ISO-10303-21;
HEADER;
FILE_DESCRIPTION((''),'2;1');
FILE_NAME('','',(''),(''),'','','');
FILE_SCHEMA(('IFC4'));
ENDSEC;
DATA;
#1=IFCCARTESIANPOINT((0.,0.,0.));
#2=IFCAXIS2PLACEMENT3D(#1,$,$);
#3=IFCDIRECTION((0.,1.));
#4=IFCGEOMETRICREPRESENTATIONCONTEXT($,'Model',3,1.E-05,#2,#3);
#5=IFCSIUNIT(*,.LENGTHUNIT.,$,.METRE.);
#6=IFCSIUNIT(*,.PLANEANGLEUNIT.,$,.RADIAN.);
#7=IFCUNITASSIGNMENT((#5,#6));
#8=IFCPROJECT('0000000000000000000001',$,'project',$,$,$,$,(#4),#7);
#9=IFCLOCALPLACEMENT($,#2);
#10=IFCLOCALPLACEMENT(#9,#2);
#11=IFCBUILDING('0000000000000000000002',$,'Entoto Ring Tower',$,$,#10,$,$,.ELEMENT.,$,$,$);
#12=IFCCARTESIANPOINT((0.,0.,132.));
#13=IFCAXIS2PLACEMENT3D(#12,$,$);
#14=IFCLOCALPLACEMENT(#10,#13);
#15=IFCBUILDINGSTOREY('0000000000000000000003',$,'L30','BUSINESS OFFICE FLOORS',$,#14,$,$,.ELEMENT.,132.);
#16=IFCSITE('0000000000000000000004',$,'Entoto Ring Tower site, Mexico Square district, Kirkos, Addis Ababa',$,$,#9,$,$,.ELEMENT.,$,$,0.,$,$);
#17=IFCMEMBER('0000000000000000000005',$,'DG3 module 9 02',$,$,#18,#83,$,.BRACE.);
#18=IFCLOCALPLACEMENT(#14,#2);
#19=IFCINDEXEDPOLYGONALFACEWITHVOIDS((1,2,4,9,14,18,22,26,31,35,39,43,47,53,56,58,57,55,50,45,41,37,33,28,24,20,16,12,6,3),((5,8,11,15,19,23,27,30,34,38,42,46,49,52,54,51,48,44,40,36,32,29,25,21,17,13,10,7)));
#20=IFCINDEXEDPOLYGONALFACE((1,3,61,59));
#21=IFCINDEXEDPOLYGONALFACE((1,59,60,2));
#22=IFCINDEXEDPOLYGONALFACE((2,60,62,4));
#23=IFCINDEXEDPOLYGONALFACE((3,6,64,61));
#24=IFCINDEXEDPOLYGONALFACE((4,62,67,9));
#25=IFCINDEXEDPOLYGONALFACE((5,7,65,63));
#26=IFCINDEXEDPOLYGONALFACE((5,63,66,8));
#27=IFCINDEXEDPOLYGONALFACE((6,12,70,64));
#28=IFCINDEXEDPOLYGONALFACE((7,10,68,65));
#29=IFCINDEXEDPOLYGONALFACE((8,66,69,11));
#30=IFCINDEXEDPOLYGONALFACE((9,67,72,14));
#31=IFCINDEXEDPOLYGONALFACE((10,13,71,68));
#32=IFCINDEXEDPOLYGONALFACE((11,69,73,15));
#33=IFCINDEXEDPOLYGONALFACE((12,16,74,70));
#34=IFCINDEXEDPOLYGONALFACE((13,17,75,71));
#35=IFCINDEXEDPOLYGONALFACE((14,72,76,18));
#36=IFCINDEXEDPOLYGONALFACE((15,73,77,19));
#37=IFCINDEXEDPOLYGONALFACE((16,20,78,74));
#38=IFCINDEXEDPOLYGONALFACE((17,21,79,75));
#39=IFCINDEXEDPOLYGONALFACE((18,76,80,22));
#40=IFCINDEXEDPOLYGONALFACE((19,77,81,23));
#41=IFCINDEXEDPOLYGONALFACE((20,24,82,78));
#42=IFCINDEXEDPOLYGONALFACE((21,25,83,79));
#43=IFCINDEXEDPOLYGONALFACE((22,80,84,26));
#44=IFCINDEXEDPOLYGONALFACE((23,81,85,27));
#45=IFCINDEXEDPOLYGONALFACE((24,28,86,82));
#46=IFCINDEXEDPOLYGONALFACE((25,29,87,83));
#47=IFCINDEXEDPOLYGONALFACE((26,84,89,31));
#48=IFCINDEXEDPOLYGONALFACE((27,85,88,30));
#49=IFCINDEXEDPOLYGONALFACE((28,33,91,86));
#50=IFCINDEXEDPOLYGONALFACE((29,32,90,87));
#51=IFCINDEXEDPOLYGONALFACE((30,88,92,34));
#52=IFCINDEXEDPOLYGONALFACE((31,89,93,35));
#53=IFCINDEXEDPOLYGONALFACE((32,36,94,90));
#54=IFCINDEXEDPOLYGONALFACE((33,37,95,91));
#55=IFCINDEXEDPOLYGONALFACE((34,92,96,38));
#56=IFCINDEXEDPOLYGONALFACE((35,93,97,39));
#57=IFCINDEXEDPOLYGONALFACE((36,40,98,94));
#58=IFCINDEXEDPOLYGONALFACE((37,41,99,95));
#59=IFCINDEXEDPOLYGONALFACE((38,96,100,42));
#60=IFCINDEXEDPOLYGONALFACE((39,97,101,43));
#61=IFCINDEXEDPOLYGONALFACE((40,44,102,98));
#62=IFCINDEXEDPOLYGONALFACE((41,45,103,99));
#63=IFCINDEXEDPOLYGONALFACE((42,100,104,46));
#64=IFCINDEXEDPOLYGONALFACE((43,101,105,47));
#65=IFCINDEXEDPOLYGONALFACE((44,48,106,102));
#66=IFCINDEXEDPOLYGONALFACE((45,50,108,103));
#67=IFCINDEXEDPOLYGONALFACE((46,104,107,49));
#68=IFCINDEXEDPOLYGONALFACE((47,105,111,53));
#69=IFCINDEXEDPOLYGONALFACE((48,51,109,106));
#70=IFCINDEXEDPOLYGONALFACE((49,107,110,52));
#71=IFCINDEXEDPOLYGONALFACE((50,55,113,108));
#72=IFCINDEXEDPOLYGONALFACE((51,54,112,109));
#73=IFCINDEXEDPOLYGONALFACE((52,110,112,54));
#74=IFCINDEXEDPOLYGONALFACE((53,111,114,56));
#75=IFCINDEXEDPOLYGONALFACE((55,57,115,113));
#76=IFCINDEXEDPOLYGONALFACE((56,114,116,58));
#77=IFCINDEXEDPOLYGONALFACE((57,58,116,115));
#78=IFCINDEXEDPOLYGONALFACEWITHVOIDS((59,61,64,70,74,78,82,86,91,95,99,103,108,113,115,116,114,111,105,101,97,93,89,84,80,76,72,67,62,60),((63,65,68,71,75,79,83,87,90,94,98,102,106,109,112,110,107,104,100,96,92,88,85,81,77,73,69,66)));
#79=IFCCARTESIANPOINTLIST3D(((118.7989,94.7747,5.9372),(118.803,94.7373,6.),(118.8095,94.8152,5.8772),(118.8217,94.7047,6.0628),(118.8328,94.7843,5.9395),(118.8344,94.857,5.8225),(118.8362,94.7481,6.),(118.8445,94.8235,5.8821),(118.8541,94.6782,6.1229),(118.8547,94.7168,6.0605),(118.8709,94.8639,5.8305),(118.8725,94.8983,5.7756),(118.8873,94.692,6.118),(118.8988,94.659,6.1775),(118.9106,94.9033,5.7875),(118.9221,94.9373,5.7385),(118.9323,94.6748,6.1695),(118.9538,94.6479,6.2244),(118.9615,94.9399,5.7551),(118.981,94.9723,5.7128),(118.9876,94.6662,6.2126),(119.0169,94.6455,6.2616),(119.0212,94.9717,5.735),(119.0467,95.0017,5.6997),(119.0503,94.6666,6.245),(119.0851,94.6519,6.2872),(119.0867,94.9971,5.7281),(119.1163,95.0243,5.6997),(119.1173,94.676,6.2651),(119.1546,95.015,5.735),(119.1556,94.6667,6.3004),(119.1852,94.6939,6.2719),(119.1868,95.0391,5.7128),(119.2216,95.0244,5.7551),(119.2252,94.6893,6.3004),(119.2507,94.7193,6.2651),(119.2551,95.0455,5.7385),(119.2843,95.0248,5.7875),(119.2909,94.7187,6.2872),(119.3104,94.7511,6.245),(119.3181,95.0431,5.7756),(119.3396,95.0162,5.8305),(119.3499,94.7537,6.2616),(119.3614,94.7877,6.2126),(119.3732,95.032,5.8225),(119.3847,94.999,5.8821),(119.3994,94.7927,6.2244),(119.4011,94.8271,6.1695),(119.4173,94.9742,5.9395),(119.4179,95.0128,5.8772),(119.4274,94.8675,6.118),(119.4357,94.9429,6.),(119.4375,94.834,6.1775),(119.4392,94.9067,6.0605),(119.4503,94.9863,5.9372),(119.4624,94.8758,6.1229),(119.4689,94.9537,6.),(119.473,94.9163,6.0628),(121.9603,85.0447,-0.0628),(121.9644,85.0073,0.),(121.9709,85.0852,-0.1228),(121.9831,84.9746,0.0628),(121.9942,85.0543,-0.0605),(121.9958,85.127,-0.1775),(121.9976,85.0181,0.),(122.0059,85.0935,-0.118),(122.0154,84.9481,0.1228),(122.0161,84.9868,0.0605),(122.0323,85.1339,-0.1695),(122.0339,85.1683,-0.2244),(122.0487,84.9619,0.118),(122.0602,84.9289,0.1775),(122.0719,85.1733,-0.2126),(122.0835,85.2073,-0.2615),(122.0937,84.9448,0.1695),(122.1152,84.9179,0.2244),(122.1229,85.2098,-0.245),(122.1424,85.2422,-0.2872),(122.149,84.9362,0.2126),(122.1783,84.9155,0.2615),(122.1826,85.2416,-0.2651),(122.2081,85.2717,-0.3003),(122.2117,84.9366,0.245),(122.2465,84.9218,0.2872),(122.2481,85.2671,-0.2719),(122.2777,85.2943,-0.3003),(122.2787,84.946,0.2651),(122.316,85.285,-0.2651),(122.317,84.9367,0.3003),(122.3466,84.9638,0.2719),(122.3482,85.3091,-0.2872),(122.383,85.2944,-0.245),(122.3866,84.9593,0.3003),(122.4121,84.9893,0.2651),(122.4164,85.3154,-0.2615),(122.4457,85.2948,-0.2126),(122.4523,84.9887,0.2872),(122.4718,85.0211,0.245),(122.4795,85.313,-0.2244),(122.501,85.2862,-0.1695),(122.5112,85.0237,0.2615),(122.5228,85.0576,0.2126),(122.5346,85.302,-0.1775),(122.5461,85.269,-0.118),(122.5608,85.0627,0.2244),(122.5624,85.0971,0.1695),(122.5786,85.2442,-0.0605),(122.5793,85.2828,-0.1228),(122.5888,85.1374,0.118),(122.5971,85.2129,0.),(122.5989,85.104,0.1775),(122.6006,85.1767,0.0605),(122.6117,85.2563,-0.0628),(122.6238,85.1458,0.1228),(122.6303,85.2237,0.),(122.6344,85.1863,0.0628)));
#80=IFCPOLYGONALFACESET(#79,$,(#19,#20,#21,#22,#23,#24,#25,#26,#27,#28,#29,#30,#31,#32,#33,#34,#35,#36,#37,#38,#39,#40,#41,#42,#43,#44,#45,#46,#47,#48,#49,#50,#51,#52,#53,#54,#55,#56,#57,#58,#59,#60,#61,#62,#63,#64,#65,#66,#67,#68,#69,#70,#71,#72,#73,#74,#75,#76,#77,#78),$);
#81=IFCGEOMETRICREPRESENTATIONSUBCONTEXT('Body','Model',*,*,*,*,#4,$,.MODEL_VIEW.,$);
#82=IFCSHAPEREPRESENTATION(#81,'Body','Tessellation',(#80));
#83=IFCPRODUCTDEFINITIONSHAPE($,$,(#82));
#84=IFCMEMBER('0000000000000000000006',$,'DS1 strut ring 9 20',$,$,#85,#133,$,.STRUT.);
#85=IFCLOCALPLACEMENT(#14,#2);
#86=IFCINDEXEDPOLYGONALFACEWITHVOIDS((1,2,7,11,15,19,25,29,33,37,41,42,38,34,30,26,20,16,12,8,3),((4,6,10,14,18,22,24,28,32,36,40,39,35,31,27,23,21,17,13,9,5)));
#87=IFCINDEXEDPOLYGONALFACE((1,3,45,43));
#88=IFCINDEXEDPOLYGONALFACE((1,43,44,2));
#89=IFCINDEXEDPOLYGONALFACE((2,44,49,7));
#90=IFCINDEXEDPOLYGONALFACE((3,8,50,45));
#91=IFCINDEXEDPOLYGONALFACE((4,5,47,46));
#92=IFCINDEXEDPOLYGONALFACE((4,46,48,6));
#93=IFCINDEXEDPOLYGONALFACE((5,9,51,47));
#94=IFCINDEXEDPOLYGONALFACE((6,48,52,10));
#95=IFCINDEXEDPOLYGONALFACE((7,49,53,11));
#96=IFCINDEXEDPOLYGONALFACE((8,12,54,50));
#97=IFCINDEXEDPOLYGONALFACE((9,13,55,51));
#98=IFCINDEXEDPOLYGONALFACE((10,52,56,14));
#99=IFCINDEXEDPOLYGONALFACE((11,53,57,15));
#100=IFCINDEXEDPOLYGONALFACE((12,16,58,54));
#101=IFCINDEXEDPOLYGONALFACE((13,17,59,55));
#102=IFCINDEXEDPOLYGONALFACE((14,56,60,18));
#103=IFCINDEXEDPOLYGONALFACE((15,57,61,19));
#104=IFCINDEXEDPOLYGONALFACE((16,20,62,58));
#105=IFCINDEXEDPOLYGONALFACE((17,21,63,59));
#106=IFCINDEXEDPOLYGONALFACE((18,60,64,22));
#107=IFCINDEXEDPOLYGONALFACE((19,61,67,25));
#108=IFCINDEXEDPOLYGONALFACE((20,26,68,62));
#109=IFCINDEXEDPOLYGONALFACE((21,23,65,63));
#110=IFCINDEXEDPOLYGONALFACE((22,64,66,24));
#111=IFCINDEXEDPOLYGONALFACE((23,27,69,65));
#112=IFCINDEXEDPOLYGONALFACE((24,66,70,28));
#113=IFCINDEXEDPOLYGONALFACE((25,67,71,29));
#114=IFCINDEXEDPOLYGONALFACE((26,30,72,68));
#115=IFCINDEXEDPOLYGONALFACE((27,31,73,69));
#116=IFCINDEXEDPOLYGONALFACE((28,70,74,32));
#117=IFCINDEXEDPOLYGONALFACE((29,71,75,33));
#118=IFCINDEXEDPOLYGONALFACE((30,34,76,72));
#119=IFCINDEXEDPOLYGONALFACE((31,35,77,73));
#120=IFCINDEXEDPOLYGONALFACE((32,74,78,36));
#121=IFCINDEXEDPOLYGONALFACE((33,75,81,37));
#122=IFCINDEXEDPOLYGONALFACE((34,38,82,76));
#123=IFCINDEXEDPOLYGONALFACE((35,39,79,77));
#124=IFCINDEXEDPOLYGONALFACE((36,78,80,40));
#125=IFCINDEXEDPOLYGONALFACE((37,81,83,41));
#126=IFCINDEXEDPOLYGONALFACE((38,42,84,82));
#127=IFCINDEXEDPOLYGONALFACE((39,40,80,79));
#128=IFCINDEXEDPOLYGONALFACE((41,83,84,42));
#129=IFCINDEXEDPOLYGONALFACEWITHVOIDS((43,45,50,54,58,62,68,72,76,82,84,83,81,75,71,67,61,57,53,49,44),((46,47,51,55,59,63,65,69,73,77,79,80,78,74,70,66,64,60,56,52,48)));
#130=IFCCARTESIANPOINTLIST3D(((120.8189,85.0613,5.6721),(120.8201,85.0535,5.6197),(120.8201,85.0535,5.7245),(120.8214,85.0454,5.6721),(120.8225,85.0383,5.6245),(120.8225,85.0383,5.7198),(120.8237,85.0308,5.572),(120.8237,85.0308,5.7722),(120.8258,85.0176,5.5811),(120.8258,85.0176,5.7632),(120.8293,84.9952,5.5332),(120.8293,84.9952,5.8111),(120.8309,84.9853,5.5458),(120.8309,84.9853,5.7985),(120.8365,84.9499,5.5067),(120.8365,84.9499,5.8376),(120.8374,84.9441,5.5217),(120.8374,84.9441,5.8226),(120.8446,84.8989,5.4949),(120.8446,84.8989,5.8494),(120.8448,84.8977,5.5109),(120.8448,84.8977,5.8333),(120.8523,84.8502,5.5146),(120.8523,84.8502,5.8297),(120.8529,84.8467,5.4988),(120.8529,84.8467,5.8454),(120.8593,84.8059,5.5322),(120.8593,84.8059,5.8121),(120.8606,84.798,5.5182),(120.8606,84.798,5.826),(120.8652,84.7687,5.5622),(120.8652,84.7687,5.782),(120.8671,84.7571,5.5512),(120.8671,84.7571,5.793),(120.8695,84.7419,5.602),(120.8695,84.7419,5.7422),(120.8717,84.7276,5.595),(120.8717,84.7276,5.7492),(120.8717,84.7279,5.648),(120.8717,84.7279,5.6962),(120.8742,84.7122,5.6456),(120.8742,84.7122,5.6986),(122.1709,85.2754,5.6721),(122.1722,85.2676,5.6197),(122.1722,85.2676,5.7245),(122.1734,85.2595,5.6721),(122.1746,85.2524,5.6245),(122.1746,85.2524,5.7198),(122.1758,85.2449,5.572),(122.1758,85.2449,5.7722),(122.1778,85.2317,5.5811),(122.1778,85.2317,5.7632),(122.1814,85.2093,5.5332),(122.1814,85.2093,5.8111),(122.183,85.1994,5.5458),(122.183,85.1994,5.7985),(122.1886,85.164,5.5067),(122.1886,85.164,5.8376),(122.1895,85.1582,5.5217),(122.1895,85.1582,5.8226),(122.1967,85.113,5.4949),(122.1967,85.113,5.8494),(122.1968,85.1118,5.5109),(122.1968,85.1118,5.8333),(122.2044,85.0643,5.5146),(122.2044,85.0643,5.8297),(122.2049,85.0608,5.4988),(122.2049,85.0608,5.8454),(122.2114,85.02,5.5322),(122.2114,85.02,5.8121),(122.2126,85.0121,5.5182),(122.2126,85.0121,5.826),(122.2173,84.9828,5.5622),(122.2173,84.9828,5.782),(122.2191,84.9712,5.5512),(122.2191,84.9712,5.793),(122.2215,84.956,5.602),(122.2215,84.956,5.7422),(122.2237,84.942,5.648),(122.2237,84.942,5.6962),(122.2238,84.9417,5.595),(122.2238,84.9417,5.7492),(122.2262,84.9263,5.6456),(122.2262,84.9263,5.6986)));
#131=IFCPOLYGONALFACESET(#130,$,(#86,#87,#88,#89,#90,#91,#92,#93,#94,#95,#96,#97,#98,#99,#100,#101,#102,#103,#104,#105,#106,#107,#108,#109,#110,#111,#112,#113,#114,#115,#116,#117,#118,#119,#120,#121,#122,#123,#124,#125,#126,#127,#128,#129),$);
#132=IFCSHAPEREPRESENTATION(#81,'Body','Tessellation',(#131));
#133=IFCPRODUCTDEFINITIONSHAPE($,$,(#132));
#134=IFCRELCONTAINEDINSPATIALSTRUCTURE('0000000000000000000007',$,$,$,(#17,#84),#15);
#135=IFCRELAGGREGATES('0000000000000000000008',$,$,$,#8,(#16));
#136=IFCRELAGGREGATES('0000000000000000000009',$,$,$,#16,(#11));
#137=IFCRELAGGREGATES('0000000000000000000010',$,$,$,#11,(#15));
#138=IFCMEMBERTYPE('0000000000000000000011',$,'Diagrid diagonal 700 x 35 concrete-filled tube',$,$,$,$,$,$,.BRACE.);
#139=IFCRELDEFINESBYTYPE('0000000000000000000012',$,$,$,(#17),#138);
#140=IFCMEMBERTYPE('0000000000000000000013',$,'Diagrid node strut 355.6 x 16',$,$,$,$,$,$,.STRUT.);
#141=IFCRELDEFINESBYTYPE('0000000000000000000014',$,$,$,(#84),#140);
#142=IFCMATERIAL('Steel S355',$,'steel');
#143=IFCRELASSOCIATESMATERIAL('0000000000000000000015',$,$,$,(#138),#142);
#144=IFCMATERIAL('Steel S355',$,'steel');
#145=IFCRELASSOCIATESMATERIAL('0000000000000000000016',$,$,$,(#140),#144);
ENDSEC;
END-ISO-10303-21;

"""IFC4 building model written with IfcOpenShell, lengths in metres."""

from ifc_helpers import new_model, si_unit, direction, frame, origin, origin_2d, place, context, subcontext, project, spatial, circle, hollow_circle, extrude, material, material_profile, profile_set, type_object, element, save


model = new_model("IFC4")

# Units and contexts
model_context = context("Model", 3, precision=1e-05, world=origin(), true_north=direction((0.0, 1.0)))
body_context = subcontext(model_context, "Body", "Model", "MODEL_VIEW")
ifc_project = project(units=[si_unit("LENGTHUNIT", "METRE"), si_unit("PLANEANGLEUNIT", "RADIAN")], contexts=[model_context])

# Site, building, storey
site_placement = place(None, origin())
site = spatial("IfcSite", under=ifc_project, at=site_placement, Name="Entoto Ring Tower site, Mexico Square district, Kirkos, Addis Ababa", CompositionType="ELEMENT", RefElevation=0.0)
building_placement = place(site_placement, origin())
building = spatial("IfcBuilding", under=site, at=building_placement, Name="Entoto Ring Tower", CompositionType="ELEMENT")
storey_placement = place(building_placement, frame((0.0, 0.0, 132.0)))
storey = spatial("IfcBuildingStorey", under=building, at=storey_placement, Name="L30", Description="BUSINESS OFFICE FLOORS", CompositionType="ELEMENT", Elevation=132.0)

# Members
ifc_material_1 = material(Name="Steel S355", Category="steel")
ifc_material_profile_1 = material_profile(ifc_material_1, hollow_circle(Radius=0.3501, WallThickness=0.0349, at=origin_2d()), Name="CHS 700 x 35")
ifc_material_2 = material(Name="Concrete C60/75", Category="concrete")
ifc_material_profile_2 = material_profile(ifc_material_2, circle(Radius=0.3149, at=origin_2d()), Name="Concrete C60/75 infill")
ifc_profile_set_1 = profile_set([ifc_material_profile_1, ifc_material_profile_2], Name="Steel S355")
member_type_1 = type_object("IfcMemberType", Name="Diagrid diagonal 700 x 35 concrete-filled tube", PredefinedType="BRACE", material=ifc_profile_set_1)
member_1_placement = place(storey_placement, frame((122.2974, 85.1155, 0.0), z_axis=(-0.266551, 0.820382, 0.505889), x_axis=(-0.951059, -0.309009, 0.0)))
element("IfcMember", 1, at=member_1_placement, inside=storey, type_object=member_type_1, Name="DG3 module 9 02", PredefinedType="BRACE", context=body_context, shape_type="SweptSolid", body=[
    extrude(hollow_circle(Radius=0.3501, WallThickness=0.0349, at=origin_2d()), origin(), (0.0, 0.0, 1.0), 11.8604),
])
ifc_material_3 = material(Name="Steel S355", Category="steel")
ifc_material_profile_3 = material_profile(ifc_material_3, hollow_circle(Radius=0.1777, WallThickness=0.0161, at=origin_2d()), Name="CHS 355.6 x 16")
ifc_material_4 = material(Name="Concrete C60/75", Category="concrete")
ifc_material_profile_4 = material_profile(ifc_material_4, circle(Radius=0.1619, at=origin_2d()), Name="Concrete C60/75 infill")
ifc_profile_set_2 = profile_set([ifc_material_profile_3, ifc_material_profile_4], Name="Steel S355")
member_type_2 = type_object("IfcMemberType", Name="Diagrid node strut 355.6 x 16", PredefinedType="STRUT", material=ifc_profile_set_2)
member_2_placement = place(storey_placement, frame((120.8467, 84.8857, 5.6721), z_axis=(0.987692, 0.156411, 0.0), x_axis=(-0.156411, 0.987692, 0.0)))
element("IfcMember", 2, at=member_2_placement, inside=storey, type_object=member_type_2, Name="DS1 strut ring 9 20", PredefinedType="STRUT", context=body_context, shape_type="SweptSolid", body=[
    extrude(hollow_circle(Radius=0.1777, WallThickness=0.0161, at=origin_2d()), origin(), (0.0, 0.0, 1.0), 1.3689),
])

save(model, "model.ifc")
